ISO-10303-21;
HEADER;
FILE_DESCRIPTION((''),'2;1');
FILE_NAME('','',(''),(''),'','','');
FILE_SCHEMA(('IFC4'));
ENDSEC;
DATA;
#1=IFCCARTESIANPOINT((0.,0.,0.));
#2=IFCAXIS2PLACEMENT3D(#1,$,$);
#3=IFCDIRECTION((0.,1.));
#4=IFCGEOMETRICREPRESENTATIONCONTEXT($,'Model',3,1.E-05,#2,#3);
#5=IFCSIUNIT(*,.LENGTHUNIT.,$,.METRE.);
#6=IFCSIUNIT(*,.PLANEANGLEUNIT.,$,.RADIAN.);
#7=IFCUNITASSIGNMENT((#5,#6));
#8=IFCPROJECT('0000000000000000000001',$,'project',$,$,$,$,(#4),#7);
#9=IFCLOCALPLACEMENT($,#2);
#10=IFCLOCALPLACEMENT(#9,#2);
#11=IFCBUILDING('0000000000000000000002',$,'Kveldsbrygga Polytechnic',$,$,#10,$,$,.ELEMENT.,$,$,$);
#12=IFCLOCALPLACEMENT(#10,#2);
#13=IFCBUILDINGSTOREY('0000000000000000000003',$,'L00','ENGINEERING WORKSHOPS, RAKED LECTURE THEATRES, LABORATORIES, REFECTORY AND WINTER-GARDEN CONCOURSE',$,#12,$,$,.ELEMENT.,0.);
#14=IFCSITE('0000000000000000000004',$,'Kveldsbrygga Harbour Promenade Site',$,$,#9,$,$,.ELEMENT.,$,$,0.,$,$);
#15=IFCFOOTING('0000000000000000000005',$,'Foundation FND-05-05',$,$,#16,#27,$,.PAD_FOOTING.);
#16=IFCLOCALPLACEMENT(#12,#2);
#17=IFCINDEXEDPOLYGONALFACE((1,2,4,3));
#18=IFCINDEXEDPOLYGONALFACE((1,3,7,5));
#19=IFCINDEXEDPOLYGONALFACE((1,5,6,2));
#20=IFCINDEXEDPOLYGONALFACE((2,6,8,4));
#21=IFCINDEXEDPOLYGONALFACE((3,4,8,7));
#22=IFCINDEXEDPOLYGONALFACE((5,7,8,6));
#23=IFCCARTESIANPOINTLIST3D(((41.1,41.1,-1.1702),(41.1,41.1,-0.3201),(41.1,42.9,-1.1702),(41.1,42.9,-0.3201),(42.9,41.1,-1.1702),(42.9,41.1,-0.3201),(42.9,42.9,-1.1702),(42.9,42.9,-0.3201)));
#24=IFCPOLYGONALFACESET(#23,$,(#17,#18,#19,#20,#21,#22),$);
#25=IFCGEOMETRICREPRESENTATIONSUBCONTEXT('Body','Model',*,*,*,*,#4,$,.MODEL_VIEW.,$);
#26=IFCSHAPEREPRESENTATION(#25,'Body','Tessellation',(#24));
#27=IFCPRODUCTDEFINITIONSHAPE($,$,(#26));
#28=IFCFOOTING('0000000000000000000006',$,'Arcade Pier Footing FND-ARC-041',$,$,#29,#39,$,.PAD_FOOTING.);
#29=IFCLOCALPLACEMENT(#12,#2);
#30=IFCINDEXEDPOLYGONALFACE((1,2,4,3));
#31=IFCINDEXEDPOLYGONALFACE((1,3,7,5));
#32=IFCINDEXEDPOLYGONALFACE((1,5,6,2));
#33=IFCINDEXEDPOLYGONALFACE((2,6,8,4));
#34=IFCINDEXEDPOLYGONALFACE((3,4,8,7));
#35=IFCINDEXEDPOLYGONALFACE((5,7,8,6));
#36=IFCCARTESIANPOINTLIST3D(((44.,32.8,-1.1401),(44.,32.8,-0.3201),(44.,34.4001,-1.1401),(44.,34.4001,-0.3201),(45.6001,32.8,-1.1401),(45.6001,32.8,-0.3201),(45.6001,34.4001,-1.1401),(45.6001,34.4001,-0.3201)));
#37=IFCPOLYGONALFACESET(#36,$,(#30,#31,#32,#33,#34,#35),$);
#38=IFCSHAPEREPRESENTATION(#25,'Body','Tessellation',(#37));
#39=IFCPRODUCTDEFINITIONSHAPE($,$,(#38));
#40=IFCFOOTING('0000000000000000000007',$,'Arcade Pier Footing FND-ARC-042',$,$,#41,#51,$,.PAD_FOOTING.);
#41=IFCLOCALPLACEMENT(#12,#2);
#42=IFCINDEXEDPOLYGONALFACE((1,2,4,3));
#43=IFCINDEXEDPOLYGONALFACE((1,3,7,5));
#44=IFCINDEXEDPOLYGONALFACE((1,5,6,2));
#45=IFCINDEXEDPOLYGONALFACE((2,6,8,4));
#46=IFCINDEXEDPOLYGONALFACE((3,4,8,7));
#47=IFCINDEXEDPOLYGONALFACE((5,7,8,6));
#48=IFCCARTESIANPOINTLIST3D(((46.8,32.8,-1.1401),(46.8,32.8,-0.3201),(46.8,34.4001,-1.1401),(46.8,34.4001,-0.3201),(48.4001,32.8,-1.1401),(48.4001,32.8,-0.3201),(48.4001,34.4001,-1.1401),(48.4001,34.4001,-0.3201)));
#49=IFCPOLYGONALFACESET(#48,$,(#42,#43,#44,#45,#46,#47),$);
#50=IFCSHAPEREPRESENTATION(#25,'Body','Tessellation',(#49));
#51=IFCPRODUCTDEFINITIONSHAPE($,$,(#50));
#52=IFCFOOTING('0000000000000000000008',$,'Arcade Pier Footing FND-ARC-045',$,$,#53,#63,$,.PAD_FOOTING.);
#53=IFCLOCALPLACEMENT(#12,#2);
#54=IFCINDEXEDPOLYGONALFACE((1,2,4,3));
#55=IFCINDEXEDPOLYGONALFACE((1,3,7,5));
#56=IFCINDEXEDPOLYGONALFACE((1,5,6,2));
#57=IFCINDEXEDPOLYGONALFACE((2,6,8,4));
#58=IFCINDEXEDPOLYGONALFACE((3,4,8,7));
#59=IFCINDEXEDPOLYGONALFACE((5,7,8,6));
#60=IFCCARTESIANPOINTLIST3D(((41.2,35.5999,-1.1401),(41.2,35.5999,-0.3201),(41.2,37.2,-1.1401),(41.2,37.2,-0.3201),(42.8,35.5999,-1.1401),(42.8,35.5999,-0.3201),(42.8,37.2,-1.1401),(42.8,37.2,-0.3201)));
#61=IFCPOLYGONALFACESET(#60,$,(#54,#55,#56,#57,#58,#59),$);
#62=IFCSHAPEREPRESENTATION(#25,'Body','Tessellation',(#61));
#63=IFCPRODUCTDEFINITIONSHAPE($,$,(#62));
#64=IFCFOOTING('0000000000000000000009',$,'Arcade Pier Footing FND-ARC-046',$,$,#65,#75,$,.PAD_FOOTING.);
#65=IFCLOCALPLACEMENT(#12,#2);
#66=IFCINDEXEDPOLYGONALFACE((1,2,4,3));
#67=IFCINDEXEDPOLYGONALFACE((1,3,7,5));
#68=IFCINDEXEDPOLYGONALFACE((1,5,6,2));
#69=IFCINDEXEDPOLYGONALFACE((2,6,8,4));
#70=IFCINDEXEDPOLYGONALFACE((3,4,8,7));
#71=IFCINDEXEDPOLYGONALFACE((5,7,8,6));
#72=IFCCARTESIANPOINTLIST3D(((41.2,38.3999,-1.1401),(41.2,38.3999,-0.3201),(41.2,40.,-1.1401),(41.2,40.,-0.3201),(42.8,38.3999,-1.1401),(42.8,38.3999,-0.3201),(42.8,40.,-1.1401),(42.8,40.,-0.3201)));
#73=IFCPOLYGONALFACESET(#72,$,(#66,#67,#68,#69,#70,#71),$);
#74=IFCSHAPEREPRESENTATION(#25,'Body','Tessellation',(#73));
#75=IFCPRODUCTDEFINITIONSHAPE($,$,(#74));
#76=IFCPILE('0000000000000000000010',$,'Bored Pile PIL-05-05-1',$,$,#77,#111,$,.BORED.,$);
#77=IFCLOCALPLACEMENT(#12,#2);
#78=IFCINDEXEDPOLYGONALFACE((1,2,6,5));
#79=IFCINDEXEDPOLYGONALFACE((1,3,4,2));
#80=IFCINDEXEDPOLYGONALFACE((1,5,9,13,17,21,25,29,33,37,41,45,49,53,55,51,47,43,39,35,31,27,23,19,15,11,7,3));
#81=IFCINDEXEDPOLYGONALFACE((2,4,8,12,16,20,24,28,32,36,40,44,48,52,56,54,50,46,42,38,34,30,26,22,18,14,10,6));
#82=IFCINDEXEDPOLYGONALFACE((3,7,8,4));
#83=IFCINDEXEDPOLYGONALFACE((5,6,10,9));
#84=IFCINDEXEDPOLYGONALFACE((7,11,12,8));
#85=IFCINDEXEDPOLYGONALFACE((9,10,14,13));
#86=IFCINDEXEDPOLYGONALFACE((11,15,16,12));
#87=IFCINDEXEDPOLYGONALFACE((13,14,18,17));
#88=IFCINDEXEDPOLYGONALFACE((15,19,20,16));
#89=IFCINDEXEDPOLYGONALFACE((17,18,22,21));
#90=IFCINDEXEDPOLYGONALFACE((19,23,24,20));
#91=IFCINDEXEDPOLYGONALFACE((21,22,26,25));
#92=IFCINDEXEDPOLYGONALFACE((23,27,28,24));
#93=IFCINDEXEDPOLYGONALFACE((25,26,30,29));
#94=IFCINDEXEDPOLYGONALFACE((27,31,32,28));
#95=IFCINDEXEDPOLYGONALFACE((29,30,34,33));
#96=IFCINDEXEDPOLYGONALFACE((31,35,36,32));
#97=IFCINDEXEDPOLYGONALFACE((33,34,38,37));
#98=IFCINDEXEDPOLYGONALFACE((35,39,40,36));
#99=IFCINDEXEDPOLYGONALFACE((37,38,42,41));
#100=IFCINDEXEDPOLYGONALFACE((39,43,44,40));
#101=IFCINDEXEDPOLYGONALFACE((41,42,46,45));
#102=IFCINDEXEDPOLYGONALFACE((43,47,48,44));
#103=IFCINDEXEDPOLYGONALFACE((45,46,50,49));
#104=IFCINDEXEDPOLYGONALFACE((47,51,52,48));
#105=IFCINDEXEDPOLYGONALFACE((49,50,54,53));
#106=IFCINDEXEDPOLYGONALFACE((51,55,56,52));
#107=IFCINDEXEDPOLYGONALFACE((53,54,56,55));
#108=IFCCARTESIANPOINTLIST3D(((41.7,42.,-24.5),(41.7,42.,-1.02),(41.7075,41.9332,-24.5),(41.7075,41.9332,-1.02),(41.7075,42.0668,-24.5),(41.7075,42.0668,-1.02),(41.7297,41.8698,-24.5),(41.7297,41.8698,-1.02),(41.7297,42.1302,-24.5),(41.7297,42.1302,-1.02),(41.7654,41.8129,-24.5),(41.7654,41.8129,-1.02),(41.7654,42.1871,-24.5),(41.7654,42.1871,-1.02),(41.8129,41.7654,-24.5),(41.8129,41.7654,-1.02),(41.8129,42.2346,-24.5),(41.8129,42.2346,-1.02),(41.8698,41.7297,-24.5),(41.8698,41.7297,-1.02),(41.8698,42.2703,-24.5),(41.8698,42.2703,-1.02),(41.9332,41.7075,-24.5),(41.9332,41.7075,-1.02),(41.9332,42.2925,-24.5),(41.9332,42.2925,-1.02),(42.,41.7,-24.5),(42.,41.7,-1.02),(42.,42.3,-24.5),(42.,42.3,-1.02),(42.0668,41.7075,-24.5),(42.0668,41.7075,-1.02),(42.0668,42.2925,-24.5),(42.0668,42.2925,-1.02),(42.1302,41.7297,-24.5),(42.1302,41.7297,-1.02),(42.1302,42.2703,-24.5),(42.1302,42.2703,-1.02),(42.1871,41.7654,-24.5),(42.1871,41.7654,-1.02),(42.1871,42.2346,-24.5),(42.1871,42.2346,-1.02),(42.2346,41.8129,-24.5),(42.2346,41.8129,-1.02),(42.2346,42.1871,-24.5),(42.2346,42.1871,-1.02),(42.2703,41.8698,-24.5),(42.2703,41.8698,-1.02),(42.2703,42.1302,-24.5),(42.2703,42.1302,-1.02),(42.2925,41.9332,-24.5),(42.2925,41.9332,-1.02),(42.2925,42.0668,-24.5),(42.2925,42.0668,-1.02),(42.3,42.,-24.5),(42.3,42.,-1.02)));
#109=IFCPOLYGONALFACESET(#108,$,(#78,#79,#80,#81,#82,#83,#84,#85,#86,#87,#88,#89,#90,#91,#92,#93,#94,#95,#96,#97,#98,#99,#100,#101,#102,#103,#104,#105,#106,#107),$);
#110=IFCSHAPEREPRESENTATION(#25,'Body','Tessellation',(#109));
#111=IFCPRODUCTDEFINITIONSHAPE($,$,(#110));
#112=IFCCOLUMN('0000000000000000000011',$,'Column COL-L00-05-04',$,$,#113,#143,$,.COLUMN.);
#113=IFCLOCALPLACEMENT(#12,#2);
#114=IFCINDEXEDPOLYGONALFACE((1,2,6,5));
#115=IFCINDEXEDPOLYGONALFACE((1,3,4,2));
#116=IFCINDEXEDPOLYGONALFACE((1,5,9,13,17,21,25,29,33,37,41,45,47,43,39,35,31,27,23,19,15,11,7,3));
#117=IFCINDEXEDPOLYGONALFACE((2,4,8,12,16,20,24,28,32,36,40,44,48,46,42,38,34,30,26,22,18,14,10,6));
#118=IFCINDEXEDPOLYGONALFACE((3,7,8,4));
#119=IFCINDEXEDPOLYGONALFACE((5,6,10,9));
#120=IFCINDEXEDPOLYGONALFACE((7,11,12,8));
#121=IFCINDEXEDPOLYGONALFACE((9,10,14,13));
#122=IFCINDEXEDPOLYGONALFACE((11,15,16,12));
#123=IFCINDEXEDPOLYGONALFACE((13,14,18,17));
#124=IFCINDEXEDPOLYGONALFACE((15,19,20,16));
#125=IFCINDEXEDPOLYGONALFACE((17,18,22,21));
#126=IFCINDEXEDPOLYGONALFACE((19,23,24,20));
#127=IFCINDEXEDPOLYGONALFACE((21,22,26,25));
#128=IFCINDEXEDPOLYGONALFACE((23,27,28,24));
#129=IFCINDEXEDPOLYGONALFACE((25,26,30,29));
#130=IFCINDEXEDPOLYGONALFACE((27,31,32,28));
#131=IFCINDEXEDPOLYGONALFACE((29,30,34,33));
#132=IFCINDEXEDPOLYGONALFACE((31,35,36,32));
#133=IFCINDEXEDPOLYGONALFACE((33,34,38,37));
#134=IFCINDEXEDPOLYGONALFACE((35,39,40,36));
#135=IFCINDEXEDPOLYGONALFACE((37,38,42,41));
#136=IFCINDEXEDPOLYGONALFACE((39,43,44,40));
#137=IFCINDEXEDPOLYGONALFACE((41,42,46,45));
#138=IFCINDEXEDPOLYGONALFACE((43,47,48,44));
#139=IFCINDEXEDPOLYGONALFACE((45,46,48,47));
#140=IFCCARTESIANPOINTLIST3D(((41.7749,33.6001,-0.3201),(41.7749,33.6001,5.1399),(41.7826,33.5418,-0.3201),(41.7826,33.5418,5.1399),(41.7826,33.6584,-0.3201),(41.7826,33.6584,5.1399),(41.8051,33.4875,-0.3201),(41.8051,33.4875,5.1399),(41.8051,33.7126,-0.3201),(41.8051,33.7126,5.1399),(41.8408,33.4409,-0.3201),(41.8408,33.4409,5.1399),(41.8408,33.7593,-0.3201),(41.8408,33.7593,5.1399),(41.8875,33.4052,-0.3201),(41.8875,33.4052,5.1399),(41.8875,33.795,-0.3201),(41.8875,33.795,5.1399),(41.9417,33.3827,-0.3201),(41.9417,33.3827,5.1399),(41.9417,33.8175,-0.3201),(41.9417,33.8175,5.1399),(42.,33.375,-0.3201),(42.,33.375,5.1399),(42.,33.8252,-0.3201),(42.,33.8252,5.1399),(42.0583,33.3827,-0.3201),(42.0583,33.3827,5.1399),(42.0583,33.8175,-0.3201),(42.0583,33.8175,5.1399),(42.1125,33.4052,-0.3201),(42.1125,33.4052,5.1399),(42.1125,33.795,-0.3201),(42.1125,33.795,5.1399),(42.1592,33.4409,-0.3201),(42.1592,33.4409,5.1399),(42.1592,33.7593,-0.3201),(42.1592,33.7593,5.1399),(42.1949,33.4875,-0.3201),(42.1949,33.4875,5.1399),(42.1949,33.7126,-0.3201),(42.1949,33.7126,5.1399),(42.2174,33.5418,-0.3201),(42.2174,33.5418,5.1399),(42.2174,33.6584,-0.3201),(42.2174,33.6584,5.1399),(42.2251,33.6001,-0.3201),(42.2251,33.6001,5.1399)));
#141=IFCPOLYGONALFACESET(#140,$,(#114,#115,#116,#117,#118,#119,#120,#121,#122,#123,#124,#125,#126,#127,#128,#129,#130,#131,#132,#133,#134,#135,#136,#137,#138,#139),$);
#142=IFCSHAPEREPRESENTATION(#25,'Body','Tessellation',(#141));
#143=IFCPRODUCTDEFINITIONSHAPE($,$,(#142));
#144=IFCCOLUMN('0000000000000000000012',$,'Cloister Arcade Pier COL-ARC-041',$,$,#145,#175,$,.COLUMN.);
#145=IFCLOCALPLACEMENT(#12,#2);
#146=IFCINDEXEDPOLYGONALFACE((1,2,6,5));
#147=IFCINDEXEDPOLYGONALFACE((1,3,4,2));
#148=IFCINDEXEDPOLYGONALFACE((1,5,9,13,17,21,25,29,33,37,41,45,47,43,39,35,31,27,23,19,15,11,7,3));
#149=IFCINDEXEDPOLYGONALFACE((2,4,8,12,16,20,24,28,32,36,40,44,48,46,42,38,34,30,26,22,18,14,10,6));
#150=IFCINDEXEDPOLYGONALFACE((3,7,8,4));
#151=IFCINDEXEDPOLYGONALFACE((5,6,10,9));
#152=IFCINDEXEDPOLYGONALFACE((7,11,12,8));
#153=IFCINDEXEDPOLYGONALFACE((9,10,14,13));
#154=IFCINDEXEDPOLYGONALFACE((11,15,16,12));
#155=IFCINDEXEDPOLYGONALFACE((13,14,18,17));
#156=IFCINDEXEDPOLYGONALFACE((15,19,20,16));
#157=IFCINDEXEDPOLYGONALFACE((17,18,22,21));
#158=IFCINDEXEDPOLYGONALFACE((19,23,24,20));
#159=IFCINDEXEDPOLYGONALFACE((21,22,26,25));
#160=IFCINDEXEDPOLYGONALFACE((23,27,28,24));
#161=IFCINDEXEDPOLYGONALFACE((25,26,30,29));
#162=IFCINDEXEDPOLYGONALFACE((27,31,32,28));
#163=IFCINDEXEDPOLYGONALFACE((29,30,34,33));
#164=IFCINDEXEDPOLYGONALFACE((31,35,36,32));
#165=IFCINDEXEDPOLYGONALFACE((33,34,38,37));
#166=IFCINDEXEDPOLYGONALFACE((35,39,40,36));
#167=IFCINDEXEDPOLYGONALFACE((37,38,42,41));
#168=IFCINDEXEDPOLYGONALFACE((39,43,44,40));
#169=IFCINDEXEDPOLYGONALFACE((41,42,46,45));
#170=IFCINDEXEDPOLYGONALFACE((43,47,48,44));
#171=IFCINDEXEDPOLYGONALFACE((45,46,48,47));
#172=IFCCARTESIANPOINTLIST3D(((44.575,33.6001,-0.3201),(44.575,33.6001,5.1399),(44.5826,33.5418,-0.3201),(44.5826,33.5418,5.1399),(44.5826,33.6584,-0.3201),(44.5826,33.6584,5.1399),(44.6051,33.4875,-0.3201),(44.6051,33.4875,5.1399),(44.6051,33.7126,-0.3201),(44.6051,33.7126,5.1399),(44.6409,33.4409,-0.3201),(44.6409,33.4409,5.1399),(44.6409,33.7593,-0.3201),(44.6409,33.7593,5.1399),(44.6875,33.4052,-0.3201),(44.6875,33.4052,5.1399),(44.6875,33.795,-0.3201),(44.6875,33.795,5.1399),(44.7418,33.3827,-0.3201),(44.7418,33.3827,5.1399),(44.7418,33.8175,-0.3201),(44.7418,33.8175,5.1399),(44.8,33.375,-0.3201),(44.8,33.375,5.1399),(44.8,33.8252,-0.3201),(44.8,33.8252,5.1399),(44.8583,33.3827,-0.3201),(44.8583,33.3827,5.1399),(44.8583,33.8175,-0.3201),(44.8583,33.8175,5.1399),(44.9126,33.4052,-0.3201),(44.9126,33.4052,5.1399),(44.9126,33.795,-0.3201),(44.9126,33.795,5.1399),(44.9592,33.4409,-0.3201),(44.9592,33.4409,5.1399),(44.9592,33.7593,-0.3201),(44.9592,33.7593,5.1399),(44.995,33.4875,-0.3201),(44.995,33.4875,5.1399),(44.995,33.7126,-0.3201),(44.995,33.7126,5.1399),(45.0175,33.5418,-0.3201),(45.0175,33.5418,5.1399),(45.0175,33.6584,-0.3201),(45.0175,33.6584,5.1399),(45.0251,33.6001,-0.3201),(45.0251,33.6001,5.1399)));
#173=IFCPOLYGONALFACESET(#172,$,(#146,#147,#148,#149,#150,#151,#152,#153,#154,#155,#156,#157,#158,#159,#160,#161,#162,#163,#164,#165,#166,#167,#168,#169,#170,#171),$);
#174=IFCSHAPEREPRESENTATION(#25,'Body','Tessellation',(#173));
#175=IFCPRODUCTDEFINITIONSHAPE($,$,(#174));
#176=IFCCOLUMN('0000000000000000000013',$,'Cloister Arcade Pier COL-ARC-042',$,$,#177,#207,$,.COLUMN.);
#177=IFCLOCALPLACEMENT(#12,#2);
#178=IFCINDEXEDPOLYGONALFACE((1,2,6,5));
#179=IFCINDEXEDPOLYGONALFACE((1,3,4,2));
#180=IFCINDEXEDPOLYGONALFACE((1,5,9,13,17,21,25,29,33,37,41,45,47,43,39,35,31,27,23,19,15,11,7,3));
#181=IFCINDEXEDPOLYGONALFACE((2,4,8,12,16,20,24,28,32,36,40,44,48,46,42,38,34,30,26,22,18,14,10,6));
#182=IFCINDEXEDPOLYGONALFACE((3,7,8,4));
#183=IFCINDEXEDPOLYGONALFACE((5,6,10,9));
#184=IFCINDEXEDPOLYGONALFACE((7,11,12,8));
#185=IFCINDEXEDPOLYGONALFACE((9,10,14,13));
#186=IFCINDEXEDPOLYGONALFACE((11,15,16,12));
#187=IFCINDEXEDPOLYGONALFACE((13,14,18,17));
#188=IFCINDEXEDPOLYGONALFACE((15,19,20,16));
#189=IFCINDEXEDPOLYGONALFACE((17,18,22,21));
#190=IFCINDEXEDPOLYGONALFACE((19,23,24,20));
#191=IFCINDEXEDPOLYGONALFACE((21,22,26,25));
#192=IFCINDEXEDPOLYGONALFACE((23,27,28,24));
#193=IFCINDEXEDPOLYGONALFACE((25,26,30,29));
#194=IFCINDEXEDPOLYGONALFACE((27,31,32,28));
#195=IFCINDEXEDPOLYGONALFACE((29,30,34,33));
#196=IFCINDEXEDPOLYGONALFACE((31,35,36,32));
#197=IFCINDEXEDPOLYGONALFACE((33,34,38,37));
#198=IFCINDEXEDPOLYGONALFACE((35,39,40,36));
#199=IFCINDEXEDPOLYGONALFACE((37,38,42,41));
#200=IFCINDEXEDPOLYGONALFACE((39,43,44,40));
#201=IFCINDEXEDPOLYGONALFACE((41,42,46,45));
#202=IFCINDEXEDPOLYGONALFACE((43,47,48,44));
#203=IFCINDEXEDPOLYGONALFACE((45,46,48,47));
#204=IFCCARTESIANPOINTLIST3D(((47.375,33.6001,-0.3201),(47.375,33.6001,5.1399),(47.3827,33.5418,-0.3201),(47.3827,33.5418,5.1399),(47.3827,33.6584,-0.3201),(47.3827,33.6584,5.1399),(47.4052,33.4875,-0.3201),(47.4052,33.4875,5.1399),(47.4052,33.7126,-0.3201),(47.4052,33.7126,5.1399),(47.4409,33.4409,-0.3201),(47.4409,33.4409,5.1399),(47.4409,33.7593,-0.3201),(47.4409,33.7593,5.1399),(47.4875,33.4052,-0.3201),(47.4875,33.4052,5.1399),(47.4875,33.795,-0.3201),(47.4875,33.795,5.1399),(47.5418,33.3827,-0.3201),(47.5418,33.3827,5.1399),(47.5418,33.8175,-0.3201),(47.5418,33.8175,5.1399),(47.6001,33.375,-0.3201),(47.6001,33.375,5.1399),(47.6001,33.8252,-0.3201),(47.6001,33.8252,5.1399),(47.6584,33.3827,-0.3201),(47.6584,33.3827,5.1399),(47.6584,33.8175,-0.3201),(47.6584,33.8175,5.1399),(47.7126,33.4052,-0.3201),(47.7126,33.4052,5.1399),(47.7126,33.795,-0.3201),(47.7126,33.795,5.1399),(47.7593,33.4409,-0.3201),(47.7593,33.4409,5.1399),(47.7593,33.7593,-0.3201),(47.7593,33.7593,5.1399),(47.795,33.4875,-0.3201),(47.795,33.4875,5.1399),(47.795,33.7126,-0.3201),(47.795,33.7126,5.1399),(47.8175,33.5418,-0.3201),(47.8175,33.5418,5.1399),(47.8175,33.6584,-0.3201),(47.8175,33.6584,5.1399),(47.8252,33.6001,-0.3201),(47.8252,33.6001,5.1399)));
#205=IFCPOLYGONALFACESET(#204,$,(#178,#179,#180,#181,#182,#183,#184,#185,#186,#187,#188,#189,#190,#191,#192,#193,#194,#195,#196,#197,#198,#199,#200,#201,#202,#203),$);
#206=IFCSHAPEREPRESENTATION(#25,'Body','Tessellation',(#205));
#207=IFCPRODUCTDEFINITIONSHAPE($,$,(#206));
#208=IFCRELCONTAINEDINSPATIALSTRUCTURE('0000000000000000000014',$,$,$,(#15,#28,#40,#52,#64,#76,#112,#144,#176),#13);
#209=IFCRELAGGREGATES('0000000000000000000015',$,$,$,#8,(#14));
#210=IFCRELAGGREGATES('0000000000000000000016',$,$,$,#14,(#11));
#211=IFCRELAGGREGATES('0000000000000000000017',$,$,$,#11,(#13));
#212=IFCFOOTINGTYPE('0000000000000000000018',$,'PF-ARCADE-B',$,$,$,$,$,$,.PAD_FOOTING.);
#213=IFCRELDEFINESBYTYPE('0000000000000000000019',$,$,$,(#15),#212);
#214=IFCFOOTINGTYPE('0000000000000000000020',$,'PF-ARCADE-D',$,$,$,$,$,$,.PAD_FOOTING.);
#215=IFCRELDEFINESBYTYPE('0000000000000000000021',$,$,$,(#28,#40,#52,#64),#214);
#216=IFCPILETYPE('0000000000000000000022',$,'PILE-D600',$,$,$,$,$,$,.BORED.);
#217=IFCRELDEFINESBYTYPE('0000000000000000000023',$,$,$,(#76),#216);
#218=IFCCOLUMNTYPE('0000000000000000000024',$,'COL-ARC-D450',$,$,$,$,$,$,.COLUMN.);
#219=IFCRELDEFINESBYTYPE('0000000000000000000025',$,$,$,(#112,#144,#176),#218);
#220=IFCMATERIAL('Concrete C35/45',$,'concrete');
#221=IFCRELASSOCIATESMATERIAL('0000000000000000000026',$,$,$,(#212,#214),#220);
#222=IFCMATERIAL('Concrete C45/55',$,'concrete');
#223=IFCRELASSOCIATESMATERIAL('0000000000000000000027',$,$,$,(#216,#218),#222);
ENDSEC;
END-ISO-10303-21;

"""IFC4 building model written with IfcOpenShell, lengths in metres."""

from ifc_helpers import new_model, si_unit, direction, frame, origin, origin_2d, place, context, subcontext, project, spatial, rectangle, circle, extrude, material, material_profile, profile_set, type_object, element, save


model = new_model("IFC4")

# Units and contexts
model_context = context("Model", 3, precision=1e-05, world=origin(), true_north=direction((0.0, 1.0)))
body_context = subcontext(model_context, "Body", "Model", "MODEL_VIEW")
ifc_project = project(units=[si_unit("LENGTHUNIT", "METRE"), si_unit("PLANEANGLEUNIT", "RADIAN")], contexts=[model_context])

# Site, building, storey
site_placement = place(None, origin())
site = spatial("IfcSite", under=ifc_project, at=site_placement, Name="Kveldsbrygga Harbour Promenade Site", CompositionType="ELEMENT", RefElevation=0.0)
building_placement = place(site_placement, origin())
building = spatial("IfcBuilding", under=site, at=building_placement, Name="Kveldsbrygga Polytechnic", CompositionType="ELEMENT")
storey_placement = place(building_placement, origin())
storey = spatial("IfcBuildingStorey", under=building, at=storey_placement, Name="L00", Description="ENGINEERING WORKSHOPS, RAKED LECTURE THEATRES, LABORATORIES, REFECTORY AND WINTER-GARDEN CONCOURSE", CompositionType="ELEMENT", Elevation=0.0)

# Footings
ifc_material_1 = material(Name="Concrete C35/45", Category="concrete")
footing_type_1 = type_object("IfcFootingType", Name="PF-ARCADE-B", PredefinedType="PAD_FOOTING", material=ifc_material_1)
footing_placement = place(storey_placement, frame((42.0, 42.0, -1.1702), z_axis=(0.0, 0.0, 1.0), x_axis=(1.0, 0.0, 0.0)))
element("IfcFooting", 1, at=footing_placement, inside=storey, type_object=footing_type_1, Name="Foundation FND-05-05", PredefinedType="PAD_FOOTING", context=body_context, shape_type="SweptSolid", body=[
    extrude(rectangle(XDim=1.8, YDim=1.8, at=origin_2d()), origin(), (0.0, 0.0, 1.0), 0.8501),
])
footing_type_2 = type_object("IfcFootingType", Name="PF-ARCADE-D", PredefinedType="PAD_FOOTING", material=ifc_material_1)
for number, where, z_axis, x_axis, name in (
    (2, (44.8, 33.6001, -1.1401), (0.0, 0.0, 1.0), (1.0, 0.0, 0.0), "Arcade Pier Footing FND-ARC-041"),
    (3, (47.6001, 33.6001, -1.1401), (0.0, 0.0, 1.0), (1.0, 0.0, 0.0), "Arcade Pier Footing FND-ARC-042"),
    (4, (42.0, 36.3999, -1.1401), (0.0, 0.0, 1.0), (1.0, 0.0, 0.0), "Arcade Pier Footing FND-ARC-045"),
    (5, (42.0, 39.2, -1.1401), (0.0, 0.0, 1.0), (1.0, 0.0, 0.0), "Arcade Pier Footing FND-ARC-046"),
):
    element("IfcFooting", number, at=place(storey_placement, frame(where, z_axis=z_axis, x_axis=x_axis)), inside=storey, type_object=footing_type_2, Name=name, PredefinedType="PAD_FOOTING", context=body_context, shape_type="SweptSolid", body=[
        extrude(rectangle(XDim=1.6001, YDim=1.6001, at=origin_2d()), origin(), (0.0, 0.0, 1.0), 0.8201),
    ])

# Pile
ifc_material_2 = material(Name="Concrete C45/55", Category="concrete")
ifc_material_profile_1 = material_profile(ifc_material_2, circle(Radius=0.3, at=origin_2d()), Name="PILE D600")
ifc_profile_set_1 = profile_set([ifc_material_profile_1], Name="Concrete C45/55")
pile_type = type_object("IfcPileType", Name="PILE-D600", PredefinedType="BORED", material=ifc_profile_set_1)
pile_placement = place(storey_placement, frame((42.0, 42.0, -1.02), z_axis=(0.0, 0.0, -1.0), x_axis=(1.0, 0.0, 0.0)))
element("IfcPile", 6, at=pile_placement, inside=storey, type_object=pile_type, Name="Bored Pile PIL-05-05-1", PredefinedType="BORED", context=body_context, shape_type="SweptSolid", body=[
    extrude(circle(Radius=0.3, at=origin_2d()), origin(), (0.0, 0.0, 1.0), 23.48),
])

# Columns
ifc_material_profile_2 = material_profile(ifc_material_2, circle(Radius=0.2251, at=origin_2d()), Name="RC D450")
ifc_profile_set_2 = profile_set([ifc_material_profile_2], Name="Concrete C45/55")
column_type_1 = type_object("IfcColumnType", Name="COL-ARC-D450", PredefinedType="COLUMN", material=ifc_profile_set_2)
for number, where, z_axis, x_axis, name in (
    (7, (42.0, 33.6001, -0.3201), (0.0, 0.0, 1.0), (1.0, 0.0, 0.0), "Column COL-L00-05-04"),
    (8, (44.8, 33.6001, -0.3201), (0.0, 0.0, 1.0), (1.0, 0.0, 0.0), "Cloister Arcade Pier COL-ARC-041"),
    (9, (47.6001, 33.6001, -0.3201), (0.0, 0.0, 1.0), (1.0, 0.0, 0.0), "Cloister Arcade Pier COL-ARC-042"),
):
    element("IfcColumn", number, at=place(storey_placement, frame(where, z_axis=z_axis, x_axis=x_axis)), inside=storey, type_object=column_type_1, Name=name, PredefinedType="COLUMN", context=body_context, shape_type="SweptSolid", body=[
        extrude(circle(Radius=0.2251, at=origin_2d()), origin(), (0.0, 0.0, 1.0), 5.46),
    ])

save(model, "model.ifc")
